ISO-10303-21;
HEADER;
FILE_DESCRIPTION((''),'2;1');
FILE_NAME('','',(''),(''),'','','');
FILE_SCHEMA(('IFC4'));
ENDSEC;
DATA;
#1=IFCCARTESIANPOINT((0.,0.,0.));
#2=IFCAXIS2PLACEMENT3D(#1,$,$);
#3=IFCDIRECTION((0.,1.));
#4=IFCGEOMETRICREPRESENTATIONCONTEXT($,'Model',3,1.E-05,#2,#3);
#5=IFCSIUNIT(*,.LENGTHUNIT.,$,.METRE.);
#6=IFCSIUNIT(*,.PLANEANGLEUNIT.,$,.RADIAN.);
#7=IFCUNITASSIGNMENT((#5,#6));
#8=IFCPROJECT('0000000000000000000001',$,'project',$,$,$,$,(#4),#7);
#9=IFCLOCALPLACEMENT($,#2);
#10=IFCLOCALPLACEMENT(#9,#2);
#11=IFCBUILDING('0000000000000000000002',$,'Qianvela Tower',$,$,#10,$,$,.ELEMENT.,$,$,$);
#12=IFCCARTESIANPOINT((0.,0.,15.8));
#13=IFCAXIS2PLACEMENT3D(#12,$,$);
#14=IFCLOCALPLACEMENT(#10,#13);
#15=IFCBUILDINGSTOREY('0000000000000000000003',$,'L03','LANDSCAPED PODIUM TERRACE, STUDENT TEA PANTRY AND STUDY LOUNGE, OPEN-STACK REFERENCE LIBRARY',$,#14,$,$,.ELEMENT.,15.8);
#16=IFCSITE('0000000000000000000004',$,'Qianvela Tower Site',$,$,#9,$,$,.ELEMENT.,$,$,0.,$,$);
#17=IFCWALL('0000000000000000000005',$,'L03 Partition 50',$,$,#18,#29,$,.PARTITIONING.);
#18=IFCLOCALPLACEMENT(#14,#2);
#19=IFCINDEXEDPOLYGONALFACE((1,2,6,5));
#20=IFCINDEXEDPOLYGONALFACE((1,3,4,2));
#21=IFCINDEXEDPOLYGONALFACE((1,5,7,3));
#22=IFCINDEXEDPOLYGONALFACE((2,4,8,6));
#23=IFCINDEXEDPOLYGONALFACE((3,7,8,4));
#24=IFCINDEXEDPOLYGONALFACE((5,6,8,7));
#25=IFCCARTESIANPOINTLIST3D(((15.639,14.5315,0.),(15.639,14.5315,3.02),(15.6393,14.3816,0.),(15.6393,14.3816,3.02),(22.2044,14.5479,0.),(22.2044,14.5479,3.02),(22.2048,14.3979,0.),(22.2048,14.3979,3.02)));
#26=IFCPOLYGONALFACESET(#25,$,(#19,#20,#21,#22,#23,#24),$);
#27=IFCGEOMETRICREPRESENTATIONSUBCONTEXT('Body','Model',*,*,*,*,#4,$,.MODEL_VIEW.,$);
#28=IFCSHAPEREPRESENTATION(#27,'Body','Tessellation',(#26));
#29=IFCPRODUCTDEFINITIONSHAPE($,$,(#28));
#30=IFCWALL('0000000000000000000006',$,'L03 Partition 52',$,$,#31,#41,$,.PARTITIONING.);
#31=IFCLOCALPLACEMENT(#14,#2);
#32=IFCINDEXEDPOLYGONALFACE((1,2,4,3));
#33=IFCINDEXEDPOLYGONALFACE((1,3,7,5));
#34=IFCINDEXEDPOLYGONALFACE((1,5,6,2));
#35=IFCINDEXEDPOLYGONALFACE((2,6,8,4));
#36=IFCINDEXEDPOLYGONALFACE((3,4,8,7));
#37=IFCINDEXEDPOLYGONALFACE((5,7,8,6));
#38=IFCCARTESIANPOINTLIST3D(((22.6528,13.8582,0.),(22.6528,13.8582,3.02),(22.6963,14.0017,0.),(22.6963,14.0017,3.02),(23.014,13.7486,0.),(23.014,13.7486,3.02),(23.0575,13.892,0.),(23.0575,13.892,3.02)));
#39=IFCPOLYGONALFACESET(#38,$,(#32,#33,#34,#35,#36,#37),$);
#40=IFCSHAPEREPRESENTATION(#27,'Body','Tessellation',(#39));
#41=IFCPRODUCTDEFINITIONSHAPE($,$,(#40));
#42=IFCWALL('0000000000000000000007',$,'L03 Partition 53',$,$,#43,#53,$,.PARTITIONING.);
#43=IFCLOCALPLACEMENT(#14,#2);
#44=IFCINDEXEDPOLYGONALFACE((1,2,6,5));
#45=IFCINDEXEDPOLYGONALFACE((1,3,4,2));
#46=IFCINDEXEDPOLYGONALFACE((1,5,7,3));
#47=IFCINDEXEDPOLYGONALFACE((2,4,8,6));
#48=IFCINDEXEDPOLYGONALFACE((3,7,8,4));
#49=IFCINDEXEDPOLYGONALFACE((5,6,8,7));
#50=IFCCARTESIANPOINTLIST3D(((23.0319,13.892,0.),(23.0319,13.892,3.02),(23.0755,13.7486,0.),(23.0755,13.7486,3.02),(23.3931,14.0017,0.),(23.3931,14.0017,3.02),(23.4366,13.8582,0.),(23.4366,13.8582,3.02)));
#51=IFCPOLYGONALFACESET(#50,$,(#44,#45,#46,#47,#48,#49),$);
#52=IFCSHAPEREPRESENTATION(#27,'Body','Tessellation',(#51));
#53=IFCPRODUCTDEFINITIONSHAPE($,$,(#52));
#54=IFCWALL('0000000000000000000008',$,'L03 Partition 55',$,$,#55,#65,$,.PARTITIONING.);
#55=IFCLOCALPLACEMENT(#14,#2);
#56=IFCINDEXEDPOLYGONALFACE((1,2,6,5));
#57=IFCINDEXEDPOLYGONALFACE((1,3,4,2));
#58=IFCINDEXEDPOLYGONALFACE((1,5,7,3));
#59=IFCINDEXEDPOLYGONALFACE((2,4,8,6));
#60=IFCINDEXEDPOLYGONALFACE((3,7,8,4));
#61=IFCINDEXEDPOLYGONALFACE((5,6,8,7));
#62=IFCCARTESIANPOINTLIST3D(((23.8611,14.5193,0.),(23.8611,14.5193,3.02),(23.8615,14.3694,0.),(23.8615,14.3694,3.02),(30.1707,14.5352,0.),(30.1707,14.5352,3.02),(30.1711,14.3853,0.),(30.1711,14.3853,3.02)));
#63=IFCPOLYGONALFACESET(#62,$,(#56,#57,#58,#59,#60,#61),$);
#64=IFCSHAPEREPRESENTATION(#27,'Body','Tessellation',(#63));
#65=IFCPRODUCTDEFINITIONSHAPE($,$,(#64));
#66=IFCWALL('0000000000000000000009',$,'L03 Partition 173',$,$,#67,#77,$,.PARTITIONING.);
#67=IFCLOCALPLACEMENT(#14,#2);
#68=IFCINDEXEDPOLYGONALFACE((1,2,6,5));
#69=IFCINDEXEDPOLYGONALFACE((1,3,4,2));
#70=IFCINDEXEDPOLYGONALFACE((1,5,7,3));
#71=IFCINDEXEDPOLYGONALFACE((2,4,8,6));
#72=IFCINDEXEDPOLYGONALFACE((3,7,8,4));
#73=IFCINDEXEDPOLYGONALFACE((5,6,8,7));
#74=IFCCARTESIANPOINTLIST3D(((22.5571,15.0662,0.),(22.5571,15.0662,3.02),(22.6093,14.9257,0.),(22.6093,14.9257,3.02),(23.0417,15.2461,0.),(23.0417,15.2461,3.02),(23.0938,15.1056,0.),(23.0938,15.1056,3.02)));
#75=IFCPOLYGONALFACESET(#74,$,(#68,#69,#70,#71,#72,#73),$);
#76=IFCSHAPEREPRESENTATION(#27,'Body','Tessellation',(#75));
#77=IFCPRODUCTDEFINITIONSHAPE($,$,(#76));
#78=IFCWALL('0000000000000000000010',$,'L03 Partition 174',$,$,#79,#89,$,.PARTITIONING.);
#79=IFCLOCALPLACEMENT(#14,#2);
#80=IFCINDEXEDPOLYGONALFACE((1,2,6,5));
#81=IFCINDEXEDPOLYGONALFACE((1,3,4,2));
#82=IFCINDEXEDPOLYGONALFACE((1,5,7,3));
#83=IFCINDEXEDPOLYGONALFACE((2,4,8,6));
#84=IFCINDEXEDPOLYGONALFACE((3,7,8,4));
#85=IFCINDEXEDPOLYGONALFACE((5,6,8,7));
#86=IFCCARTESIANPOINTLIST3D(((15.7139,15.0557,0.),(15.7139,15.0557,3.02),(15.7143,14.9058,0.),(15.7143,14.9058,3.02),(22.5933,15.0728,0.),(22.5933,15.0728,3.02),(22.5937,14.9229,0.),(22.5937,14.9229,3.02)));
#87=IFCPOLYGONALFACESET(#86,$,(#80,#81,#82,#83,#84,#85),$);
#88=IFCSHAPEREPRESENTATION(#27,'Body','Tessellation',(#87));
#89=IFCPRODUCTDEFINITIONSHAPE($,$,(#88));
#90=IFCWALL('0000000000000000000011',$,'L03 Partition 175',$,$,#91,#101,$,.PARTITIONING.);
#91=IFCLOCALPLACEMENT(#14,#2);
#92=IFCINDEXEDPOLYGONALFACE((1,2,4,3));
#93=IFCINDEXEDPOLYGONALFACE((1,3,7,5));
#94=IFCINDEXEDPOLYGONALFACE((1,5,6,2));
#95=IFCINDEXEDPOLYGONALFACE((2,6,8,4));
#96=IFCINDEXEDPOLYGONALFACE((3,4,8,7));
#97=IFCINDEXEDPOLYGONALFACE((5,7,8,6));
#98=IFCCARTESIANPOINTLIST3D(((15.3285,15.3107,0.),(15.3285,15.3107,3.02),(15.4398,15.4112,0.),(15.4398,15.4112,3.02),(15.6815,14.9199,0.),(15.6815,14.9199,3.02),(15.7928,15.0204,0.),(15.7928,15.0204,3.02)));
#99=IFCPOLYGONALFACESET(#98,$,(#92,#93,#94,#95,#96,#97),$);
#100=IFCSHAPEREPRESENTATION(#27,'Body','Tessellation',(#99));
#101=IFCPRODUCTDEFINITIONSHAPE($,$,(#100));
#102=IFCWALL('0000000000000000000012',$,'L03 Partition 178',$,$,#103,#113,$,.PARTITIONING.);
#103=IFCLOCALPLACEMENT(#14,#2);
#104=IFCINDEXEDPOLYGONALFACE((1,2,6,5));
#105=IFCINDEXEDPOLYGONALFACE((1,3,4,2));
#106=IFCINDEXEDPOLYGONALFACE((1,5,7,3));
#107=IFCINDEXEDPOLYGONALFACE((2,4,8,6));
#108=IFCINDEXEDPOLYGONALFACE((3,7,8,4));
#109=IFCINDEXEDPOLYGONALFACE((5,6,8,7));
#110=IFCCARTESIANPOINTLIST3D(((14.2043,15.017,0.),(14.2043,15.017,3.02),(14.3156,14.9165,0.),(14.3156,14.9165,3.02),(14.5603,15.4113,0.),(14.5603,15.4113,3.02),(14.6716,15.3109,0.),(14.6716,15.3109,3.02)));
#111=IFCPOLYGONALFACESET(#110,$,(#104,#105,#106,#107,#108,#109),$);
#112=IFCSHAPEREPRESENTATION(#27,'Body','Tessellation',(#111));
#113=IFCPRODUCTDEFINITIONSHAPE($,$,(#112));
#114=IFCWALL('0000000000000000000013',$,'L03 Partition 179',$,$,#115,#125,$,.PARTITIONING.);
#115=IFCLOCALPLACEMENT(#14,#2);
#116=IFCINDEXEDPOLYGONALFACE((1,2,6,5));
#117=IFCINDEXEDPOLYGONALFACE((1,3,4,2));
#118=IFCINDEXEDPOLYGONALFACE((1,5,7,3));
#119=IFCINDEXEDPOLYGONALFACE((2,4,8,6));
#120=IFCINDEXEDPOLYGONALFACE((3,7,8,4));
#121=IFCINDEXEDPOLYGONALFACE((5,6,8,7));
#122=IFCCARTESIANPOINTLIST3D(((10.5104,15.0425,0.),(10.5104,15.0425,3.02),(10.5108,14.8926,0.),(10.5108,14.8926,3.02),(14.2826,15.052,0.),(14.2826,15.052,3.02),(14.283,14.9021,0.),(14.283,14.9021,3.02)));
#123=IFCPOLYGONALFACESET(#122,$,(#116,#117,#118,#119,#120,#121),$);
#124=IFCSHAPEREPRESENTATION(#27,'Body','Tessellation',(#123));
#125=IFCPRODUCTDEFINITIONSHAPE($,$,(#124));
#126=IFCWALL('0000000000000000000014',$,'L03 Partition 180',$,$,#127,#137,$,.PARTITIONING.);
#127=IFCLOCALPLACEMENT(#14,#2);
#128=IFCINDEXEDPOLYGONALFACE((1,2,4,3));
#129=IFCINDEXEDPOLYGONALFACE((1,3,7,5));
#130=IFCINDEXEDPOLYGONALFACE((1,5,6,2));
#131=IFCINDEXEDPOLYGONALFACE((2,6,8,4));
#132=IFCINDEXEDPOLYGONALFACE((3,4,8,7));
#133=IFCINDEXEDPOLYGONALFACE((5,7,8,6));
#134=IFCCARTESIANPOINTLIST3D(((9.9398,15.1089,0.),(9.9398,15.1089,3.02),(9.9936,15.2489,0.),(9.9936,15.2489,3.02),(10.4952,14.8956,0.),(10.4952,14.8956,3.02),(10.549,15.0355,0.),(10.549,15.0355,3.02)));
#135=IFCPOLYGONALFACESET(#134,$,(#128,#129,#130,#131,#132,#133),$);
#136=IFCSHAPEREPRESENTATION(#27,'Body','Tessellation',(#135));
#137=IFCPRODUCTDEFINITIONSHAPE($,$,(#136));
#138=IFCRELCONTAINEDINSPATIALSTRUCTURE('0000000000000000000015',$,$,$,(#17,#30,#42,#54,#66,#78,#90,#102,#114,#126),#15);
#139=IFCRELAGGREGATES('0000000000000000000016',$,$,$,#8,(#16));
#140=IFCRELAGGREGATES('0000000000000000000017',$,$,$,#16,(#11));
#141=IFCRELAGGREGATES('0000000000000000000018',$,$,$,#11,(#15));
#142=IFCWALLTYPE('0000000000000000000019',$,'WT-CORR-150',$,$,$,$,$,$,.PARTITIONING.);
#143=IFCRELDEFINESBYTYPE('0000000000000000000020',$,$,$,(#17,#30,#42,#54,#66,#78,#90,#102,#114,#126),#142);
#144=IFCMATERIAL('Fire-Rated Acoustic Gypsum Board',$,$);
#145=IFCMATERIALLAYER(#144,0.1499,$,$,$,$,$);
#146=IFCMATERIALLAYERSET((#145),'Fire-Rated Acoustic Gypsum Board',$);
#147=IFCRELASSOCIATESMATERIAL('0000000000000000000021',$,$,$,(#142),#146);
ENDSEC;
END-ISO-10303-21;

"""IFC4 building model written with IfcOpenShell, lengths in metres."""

from ifc_helpers import new_model, si_unit, direction, frame, frame_2d, origin, place, context, subcontext, project, spatial, rectangle, extrude, material, layer, layer_set, type_object, element, save


model = new_model("IFC4")

# Units and contexts
model_context = context("Model", 3, precision=1e-05, world=origin(), true_north=direction((0.0, 1.0)))
body_context = subcontext(model_context, "Body", "Model", "MODEL_VIEW")
ifc_project = project(units=[si_unit("LENGTHUNIT", "METRE"), si_unit("PLANEANGLEUNIT", "RADIAN")], contexts=[model_context])

# Site, building, storey
site_placement = place(None, origin())
site = spatial("IfcSite", under=ifc_project, at=site_placement, Name="Qianvela Tower Site", CompositionType="ELEMENT", RefElevation=0.0)
building_placement = place(site_placement, origin())
building = spatial("IfcBuilding", under=site, at=building_placement, Name="Qianvela Tower", CompositionType="ELEMENT")
storey_placement = place(building_placement, frame((0.0, 0.0, 15.8)))
storey = spatial("IfcBuildingStorey", under=building, at=storey_placement, Name="L03", Description="LANDSCAPED PODIUM TERRACE, STUDENT TEA PANTRY AND STUDY LOUNGE, OPEN-STACK REFERENCE LIBRARY", CompositionType="ELEMENT", Elevation=15.8)

# Walls
ifc_material_1 = material(Name="Fire-Rated Acoustic Gypsum Board")
ifc_layer_1 = layer(ifc_material_1, 0.1499)
ifc_layer_set_1 = layer_set([ifc_layer_1], Name="Fire-Rated Acoustic Gypsum Board")
wall_type = type_object("IfcWallType", Name="WT-CORR-150", PredefinedType="PARTITIONING", material=ifc_layer_set_1)
wall_1_placement = place(storey_placement, frame((15.6392, 14.4565, 0.0), z_axis=(0.0, 0.0, 1.0), x_axis=(0.999997, 0.002491, 0.0)))
element("IfcWall", 1, at=wall_1_placement, inside=storey, type_object=wall_type, Name="L03 Partition 50", PredefinedType="PARTITIONING", context=body_context, shape_type="SweptSolid", body=[
    extrude(rectangle(XDim=6.5654, YDim=0.1499, at=frame_2d((3.2827, 0.0))), origin(), (0.0, 0.0, 1.0), 3.02),
])
for number, where, z_axis, x_axis, name in (
    (2, (22.6746, 13.9299, 0.0), (0.0, 0.0, 1.0), (0.956877, -0.290492, 0.0), "L03 Partition 52"),
    (3, (23.0537, 13.8203, 0.0), (0.0, 0.0, 1.0), (0.956877, 0.290492, 0.0), "L03 Partition 53"),
):
    element("IfcWall", number, at=place(storey_placement, frame(where, z_axis=z_axis, x_axis=x_axis)), inside=storey, type_object=wall_type, Name=name, PredefinedType="PARTITIONING", context=body_context, shape_type="SweptSolid", body=[
        extrude(rectangle(XDim=0.3774, YDim=0.1499, at=frame_2d((0.1887, 0.0))), origin(), (0.0, 0.0, 1.0), 3.02),
    ])
wall_2_placement = place(storey_placement, frame((23.8613, 14.4443, 0.0), z_axis=(0.0, 0.0, 1.0), x_axis=(0.999997, 0.002515, 0.0)))
element("IfcWall", 4, at=wall_2_placement, inside=storey, type_object=wall_type, Name="L03 Partition 55", PredefinedType="PARTITIONING", context=body_context, shape_type="SweptSolid", body=[
    extrude(rectangle(XDim=6.3096, YDim=0.1499, at=frame_2d((3.1548, 0.0))), origin(), (0.0, 0.0, 1.0), 3.02),
])
wall_3_placement = place(storey_placement, frame((23.0676, 15.1758, 0.0), z_axis=(0.0, 0.0, 1.0), x_axis=(-0.937469, -0.348068, 0.0)))
element("IfcWall", 5, at=wall_3_placement, inside=storey, type_object=wall_type, Name="L03 Partition 173", PredefinedType="PARTITIONING", context=body_context, shape_type="SweptSolid", body=[
    extrude(rectangle(XDim=0.5168, YDim=0.1499, at=frame_2d((0.2583, 0.0))), origin(), (0.0, 0.0, 1.0), 3.02),
])
wall_4_placement = place(storey_placement, frame((22.5935, 14.9978, 0.0), z_axis=(0.0, 0.0, 1.0), x_axis=(-0.999997, -0.002484, 0.0)))
element("IfcWall", 6, at=wall_4_placement, inside=storey, type_object=wall_type, Name="L03 Partition 174", PredefinedType="PARTITIONING", context=body_context, shape_type="SweptSolid", body=[
    extrude(rectangle(XDim=6.8794, YDim=0.1499, at=frame_2d((3.4397, 0.0))), origin(), (0.0, 0.0, 1.0), 3.02),
])
wall_5_placement = place(storey_placement, frame((15.7371, 14.9702, 0.0), z_axis=(0.0, 0.0, 1.0), x_axis=(-0.67027, 0.742118, 0.0)))
element("IfcWall", 7, at=wall_5_placement, inside=storey, type_object=wall_type, Name="L03 Partition 175", PredefinedType="PARTITIONING", context=body_context, shape_type="SweptSolid", body=[
    extrude(rectangle(XDim=0.5266, YDim=0.1499, at=frame_2d((0.2632, 0.0))), origin(), (0.0, 0.0, 1.0), 3.02),
])
wall_6_placement = place(storey_placement, frame((14.616, 15.3611, 0.0), z_axis=(0.0, 0.0, 1.0), x_axis=(-0.670107, -0.742265, 0.0)))
element("IfcWall", 8, at=wall_6_placement, inside=storey, type_object=wall_type, Name="L03 Partition 178", PredefinedType="PARTITIONING", context=body_context, shape_type="SweptSolid", body=[
    extrude(rectangle(XDim=0.5312, YDim=0.1499, at=frame_2d((0.2656, 0.0))), origin(), (0.0, 0.0, 1.0), 3.02),
])
wall_7_placement = place(storey_placement, frame((14.283, 14.9771, 0.0), z_axis=(0.0, 0.0, 1.0), x_axis=(-0.999997, -0.002524, 0.0)))
element("IfcWall", 9, at=wall_7_placement, inside=storey, type_object=wall_type, Name="L03 Partition 179", PredefinedType="PARTITIONING", context=body_context, shape_type="SweptSolid", body=[
    extrude(rectangle(XDim=3.7722, YDim=0.1499, at=frame_2d((1.8862, 0.0))), origin(), (0.0, 0.0, 1.0), 3.02),
])
wall_8_placement = place(storey_placement, frame((10.522, 14.9656, 0.0), z_axis=(0.0, 0.0, 1.0), x_axis=(-0.933483, 0.358622, 0.0)))
element("IfcWall", 10, at=wall_8_placement, inside=storey, type_object=wall_type, Name="L03 Partition 180", PredefinedType="PARTITIONING", context=body_context, shape_type="SweptSolid", body=[
    extrude(rectangle(XDim=0.595, YDim=0.1499, at=frame_2d((0.2974, 0.0))), origin(), (0.0, 0.0, 1.0), 3.02),
])

save(model, "model.ifc")
